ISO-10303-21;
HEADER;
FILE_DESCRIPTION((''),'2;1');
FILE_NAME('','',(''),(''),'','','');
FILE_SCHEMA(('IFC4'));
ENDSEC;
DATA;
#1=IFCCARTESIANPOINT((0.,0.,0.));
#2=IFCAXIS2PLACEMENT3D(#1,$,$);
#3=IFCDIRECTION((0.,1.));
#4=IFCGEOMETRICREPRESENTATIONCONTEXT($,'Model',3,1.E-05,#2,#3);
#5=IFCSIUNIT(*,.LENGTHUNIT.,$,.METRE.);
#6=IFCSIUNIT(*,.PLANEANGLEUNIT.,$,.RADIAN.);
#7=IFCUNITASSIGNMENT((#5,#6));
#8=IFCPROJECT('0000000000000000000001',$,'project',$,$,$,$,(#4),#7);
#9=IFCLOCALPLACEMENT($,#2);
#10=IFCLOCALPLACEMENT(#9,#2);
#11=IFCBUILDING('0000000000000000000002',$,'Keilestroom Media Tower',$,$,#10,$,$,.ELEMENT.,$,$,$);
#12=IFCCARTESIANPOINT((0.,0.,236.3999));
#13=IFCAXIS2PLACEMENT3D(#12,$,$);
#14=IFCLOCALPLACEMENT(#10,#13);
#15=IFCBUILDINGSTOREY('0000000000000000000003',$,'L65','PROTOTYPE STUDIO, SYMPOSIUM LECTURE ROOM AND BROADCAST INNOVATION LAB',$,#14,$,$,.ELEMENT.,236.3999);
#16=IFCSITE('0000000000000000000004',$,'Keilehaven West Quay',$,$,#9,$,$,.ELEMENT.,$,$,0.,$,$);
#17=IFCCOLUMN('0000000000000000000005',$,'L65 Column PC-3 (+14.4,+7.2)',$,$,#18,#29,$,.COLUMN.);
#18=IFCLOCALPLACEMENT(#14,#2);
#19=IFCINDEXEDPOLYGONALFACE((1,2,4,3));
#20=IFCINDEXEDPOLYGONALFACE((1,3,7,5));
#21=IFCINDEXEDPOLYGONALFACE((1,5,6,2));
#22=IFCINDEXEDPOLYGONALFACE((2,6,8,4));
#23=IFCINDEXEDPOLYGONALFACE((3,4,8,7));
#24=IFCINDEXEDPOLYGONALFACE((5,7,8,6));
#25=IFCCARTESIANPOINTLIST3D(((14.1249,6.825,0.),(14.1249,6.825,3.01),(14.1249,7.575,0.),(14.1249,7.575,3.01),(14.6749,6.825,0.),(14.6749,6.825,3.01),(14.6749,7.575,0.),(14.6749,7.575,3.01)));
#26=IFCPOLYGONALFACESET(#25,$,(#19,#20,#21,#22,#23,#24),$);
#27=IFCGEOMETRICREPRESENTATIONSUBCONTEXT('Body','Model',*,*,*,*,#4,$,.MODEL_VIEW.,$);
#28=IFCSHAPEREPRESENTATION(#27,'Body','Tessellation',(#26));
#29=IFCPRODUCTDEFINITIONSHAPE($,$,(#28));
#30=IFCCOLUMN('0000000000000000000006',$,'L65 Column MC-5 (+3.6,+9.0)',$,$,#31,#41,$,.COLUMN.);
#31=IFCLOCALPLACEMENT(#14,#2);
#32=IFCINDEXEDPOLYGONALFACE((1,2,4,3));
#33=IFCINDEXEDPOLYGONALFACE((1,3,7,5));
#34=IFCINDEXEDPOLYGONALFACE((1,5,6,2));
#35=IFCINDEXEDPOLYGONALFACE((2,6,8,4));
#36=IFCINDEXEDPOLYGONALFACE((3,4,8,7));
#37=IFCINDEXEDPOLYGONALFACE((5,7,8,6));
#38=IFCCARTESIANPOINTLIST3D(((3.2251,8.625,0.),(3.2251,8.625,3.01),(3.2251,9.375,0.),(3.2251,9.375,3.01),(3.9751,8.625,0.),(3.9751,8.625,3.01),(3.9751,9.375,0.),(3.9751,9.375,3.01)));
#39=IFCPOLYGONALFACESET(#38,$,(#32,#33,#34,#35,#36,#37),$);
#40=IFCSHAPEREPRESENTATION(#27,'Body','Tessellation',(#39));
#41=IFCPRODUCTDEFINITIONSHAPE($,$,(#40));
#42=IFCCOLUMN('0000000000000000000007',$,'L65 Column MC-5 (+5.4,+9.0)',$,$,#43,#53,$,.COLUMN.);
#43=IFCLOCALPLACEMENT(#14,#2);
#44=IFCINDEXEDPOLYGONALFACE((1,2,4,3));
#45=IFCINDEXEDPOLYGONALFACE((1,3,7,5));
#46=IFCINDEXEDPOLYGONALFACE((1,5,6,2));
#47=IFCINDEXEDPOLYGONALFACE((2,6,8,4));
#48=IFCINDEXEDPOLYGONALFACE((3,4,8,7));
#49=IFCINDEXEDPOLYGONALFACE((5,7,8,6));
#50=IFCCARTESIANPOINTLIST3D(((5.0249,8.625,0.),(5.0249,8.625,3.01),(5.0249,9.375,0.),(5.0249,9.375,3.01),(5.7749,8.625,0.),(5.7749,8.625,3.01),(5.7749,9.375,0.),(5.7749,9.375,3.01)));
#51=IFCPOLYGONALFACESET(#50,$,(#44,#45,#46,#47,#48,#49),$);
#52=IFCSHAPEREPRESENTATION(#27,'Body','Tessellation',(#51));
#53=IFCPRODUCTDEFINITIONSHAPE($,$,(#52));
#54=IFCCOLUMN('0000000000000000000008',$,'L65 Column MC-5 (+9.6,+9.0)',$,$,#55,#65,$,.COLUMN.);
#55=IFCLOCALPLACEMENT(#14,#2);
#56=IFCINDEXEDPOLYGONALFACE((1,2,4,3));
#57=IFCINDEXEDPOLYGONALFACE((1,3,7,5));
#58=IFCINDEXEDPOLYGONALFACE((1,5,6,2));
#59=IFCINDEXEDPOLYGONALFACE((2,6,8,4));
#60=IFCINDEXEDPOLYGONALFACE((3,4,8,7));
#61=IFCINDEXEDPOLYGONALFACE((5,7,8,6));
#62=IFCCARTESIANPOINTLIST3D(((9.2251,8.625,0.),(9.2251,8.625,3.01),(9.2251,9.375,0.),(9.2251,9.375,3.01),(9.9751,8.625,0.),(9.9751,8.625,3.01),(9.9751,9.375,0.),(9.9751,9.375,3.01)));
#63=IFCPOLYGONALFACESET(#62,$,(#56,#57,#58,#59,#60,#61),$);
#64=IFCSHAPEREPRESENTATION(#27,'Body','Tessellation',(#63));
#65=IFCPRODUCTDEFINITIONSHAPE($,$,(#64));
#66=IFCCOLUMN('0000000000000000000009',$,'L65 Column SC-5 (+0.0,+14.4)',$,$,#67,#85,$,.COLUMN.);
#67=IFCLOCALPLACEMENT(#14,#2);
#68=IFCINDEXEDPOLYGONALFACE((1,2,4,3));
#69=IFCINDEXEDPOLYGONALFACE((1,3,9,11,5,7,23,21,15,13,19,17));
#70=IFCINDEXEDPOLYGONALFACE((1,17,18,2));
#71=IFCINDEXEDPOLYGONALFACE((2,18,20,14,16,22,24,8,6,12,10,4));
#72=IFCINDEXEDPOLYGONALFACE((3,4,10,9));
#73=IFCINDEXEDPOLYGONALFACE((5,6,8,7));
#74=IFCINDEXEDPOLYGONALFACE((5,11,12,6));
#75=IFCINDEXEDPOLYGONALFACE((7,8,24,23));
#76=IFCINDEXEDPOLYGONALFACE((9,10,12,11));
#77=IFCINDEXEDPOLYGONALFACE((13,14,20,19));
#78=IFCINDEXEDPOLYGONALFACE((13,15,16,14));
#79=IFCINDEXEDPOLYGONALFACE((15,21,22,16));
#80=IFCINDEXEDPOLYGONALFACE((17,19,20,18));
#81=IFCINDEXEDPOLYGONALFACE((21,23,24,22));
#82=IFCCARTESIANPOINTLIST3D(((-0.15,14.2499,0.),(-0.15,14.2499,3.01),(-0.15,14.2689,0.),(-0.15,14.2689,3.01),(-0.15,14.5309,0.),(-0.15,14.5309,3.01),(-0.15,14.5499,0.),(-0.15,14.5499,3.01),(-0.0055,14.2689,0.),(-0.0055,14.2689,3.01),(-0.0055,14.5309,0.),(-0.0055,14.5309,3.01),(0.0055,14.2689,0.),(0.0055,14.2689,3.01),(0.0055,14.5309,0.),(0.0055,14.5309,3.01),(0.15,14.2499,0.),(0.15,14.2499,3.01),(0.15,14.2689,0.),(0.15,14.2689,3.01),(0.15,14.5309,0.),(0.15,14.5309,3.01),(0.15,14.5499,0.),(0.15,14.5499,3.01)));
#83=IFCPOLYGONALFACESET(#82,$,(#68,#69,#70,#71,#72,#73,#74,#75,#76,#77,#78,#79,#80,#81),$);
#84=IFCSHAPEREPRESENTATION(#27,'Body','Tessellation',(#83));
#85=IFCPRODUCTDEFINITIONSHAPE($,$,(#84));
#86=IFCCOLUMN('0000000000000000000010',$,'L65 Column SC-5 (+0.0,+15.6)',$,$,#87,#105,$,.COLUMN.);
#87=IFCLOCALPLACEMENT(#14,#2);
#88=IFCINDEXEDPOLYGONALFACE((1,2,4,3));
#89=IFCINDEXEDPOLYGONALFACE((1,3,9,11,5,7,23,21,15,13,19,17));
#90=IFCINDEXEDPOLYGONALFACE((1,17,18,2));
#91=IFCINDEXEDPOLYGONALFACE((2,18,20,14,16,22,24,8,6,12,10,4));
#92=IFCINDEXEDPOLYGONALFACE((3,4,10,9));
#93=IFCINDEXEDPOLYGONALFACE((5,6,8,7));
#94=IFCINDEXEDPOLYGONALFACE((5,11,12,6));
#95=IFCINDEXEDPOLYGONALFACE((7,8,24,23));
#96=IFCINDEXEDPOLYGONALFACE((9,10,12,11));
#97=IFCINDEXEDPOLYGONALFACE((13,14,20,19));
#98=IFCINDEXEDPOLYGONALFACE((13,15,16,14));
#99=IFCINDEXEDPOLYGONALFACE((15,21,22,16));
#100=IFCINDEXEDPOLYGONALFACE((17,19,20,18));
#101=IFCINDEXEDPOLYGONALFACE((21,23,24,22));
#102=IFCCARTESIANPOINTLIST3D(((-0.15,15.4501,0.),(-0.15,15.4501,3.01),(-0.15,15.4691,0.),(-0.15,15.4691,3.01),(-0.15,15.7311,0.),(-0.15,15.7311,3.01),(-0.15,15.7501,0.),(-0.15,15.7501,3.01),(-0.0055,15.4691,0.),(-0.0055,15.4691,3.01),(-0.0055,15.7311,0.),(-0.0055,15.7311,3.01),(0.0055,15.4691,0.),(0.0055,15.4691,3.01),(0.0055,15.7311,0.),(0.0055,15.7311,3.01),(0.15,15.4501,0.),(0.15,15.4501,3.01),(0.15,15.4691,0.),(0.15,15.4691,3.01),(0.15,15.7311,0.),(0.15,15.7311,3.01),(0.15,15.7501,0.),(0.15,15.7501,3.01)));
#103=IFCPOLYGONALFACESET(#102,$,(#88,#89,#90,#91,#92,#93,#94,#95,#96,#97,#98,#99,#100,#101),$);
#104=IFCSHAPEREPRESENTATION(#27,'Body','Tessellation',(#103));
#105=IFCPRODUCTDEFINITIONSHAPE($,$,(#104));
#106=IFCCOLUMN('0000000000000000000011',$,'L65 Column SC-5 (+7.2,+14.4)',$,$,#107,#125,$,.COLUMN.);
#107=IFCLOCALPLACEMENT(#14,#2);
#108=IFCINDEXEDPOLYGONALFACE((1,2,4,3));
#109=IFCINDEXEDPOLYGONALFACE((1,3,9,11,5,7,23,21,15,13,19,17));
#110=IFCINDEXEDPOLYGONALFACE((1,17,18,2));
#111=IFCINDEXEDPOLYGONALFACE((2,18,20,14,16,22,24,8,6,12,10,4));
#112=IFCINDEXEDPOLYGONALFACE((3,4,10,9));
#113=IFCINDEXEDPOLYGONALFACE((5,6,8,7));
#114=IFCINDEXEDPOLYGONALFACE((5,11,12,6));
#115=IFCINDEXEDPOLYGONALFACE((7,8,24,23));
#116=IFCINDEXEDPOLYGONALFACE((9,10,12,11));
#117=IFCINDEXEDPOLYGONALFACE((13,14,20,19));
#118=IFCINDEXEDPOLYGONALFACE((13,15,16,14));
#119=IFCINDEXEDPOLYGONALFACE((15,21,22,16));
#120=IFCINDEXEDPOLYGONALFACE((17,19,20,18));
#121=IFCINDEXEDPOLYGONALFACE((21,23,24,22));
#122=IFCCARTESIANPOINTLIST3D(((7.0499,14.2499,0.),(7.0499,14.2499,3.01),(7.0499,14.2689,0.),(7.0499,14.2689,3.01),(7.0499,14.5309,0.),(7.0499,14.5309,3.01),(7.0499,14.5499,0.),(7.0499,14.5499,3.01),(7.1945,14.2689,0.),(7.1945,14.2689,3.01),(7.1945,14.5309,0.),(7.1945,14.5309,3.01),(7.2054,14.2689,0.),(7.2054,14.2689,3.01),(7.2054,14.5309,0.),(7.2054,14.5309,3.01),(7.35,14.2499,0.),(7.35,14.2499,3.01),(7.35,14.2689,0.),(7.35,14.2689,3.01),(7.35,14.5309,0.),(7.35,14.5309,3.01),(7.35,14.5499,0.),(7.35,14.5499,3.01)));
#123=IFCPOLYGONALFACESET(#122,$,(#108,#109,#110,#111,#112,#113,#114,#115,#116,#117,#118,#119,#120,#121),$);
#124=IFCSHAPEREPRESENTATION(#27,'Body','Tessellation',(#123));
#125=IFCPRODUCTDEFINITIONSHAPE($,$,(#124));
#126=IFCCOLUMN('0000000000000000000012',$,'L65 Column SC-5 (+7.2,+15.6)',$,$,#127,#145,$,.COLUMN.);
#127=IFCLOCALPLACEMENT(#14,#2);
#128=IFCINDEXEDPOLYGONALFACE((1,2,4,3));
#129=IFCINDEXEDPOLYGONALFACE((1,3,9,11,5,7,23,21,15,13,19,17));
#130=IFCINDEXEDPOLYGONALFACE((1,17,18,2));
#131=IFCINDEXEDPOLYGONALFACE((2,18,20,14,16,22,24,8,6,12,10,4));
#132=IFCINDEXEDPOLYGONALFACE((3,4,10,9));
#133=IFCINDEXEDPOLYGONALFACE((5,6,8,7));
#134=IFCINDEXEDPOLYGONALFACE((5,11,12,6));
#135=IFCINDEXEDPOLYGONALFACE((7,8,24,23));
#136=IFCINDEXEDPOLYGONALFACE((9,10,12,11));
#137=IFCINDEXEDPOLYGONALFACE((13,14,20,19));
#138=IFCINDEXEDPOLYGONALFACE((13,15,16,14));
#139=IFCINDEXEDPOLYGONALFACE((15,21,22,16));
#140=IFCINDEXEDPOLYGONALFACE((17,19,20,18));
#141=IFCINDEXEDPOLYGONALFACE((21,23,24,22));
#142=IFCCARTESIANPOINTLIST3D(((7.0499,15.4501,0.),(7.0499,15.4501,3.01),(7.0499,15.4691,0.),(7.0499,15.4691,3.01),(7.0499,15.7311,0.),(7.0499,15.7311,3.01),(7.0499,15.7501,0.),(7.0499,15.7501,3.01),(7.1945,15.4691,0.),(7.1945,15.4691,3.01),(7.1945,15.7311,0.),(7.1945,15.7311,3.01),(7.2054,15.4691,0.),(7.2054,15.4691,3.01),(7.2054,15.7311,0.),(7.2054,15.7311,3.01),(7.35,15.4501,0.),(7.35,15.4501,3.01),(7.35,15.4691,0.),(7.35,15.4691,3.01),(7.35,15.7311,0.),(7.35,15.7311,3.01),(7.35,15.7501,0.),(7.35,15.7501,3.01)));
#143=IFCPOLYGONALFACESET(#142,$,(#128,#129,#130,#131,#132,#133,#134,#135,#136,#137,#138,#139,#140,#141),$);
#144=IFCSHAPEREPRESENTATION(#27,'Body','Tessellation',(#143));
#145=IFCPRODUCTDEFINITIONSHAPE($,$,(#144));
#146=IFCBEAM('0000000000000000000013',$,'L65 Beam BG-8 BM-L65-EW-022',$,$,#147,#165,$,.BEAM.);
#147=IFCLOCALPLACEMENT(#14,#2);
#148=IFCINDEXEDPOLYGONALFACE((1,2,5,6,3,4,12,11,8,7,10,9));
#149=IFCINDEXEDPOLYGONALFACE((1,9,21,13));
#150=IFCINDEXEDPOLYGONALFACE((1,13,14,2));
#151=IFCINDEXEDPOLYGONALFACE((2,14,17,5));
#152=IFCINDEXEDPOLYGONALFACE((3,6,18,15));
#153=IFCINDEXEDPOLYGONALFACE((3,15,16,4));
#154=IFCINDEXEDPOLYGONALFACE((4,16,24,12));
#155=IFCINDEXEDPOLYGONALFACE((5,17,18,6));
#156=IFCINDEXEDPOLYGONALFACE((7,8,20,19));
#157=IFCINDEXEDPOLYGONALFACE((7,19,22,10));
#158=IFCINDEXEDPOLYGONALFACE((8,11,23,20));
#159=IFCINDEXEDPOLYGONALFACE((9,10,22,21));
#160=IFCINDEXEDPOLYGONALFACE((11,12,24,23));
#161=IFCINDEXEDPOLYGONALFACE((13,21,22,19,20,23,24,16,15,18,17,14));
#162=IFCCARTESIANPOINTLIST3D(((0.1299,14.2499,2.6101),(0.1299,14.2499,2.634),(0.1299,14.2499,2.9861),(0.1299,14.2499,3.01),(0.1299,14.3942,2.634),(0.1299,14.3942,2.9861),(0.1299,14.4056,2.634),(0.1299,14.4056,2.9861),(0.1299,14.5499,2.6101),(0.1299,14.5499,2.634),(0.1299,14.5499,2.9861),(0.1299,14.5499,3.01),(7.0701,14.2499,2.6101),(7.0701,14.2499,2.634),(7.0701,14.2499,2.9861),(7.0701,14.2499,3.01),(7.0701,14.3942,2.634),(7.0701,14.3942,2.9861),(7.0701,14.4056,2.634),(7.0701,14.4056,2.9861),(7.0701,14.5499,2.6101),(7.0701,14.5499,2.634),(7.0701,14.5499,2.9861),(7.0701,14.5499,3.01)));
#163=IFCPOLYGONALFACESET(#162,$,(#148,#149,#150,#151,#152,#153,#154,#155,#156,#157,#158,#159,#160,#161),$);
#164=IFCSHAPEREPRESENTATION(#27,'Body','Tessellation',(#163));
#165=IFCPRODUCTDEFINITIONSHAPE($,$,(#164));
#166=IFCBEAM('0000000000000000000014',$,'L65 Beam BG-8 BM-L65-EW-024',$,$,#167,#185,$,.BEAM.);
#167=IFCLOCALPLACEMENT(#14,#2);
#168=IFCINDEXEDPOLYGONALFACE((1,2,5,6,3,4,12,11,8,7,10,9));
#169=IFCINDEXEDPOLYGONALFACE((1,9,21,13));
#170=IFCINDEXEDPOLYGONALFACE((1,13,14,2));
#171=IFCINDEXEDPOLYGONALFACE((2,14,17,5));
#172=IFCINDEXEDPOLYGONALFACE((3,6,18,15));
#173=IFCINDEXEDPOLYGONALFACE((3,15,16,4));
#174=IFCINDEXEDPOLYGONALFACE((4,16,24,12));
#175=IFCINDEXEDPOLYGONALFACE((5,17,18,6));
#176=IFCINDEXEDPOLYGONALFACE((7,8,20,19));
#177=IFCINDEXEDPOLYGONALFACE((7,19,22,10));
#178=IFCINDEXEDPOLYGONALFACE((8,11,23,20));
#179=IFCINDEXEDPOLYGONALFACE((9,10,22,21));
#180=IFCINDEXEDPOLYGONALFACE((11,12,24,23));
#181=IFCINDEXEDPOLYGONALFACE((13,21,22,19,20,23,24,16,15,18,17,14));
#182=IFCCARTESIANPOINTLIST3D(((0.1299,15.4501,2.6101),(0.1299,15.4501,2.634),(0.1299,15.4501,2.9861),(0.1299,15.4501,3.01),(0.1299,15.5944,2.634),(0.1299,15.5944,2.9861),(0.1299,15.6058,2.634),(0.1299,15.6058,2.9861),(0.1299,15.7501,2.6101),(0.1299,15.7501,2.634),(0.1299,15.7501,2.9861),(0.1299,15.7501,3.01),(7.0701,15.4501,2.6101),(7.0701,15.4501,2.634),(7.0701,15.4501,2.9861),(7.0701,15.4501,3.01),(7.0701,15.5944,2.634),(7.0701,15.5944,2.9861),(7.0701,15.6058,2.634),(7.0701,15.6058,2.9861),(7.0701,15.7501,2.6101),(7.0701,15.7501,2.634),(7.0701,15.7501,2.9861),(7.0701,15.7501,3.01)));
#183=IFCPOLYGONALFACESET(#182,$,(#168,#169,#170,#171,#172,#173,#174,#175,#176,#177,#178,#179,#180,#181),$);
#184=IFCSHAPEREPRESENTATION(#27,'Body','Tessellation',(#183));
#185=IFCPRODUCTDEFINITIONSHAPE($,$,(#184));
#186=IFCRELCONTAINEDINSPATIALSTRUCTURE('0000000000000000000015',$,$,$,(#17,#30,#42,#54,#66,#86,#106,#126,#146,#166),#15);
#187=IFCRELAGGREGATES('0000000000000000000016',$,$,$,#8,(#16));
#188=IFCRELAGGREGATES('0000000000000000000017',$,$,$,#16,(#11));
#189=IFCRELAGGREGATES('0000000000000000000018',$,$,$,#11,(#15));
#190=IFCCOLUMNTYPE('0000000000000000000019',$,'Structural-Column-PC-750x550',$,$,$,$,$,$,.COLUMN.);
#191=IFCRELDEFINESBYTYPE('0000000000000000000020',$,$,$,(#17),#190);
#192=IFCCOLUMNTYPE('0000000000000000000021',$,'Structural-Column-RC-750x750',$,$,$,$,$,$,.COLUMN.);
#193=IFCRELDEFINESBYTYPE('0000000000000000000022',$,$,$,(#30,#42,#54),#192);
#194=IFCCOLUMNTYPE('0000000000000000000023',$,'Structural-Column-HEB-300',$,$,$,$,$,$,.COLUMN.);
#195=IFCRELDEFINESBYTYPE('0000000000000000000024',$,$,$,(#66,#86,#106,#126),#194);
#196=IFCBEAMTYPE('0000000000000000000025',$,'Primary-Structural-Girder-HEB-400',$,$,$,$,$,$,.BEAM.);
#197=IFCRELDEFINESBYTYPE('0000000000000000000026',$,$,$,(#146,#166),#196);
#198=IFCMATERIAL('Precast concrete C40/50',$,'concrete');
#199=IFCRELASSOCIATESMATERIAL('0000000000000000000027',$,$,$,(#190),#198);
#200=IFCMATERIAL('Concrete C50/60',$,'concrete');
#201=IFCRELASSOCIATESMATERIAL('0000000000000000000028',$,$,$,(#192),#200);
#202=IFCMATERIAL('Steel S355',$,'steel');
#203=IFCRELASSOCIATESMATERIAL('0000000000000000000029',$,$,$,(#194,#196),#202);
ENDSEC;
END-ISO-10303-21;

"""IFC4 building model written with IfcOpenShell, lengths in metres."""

from ifc_helpers import new_model, si_unit, direction, frame, origin, origin_2d, place, context, subcontext, project, spatial, rectangle, i_section, extrude, source, transform, mapped, material, material_profile, profile_set, type_object, element, save


model = new_model("IFC4")

# Units and contexts
model_context = context("Model", 3, precision=1e-05, world=origin(), true_north=direction((0.0, 1.0)))
body_context = subcontext(model_context, "Body", "Model", "MODEL_VIEW")
ifc_project = project(units=[si_unit("LENGTHUNIT", "METRE"), si_unit("PLANEANGLEUNIT", "RADIAN")], contexts=[model_context])

# Site, building, storey
site_placement = place(None, origin())
site = spatial("IfcSite", under=ifc_project, at=site_placement, Name="Keilehaven West Quay", CompositionType="ELEMENT", RefElevation=0.0)
building_placement = place(site_placement, origin())
building = spatial("IfcBuilding", under=site, at=building_placement, Name="Keilestroom Media Tower", CompositionType="ELEMENT")
storey_placement = place(building_placement, frame((0.0, 0.0, 236.3999)))
storey = spatial("IfcBuildingStorey", under=building, at=storey_placement, Name="L65", Description="PROTOTYPE STUDIO, SYMPOSIUM LECTURE ROOM AND BROADCAST INNOVATION LAB", CompositionType="ELEMENT", Elevation=236.3999)

# Columns
ifc_material_1 = material(Name="Precast concrete C40/50", Category="concrete")
ifc_material_profile_1 = material_profile(ifc_material_1, rectangle(XDim=0.55, YDim=0.75, at=origin_2d()), Name="PC 750x550")
ifc_profile_set_1 = profile_set([ifc_material_profile_1], Name="Precast concrete C40/50")
column_type_1 = type_object("IfcColumnType", Name="Structural-Column-PC-750x550", PredefinedType="COLUMN", material=ifc_profile_set_1)
shared_shape_1 = source(origin(), body_context, "Body", "SweptSolid", [
    extrude(rectangle(XDim=0.55, YDim=0.75, at=origin_2d()), origin(), (0.0, 0.0, 1.0), 3.01),
])
column_placement = place(storey_placement, frame((14.3999, 7.2, 0.0), z_axis=(0.0, 0.0, 1.0), x_axis=(1.0, 0.0, 0.0)))
element("IfcColumn", 1, at=column_placement, inside=storey, type_object=column_type_1, Name="L65 Column PC-3 (+14.4,+7.2)", PredefinedType="COLUMN", context=body_context, shape_type="MappedRepresentation", body=[
    mapped(shared_shape_1, transform((0.0, 0.0, 0.0), x_axis=(1.0, 0.0, 0.0), y_axis=(0.0, 1.0, 0.0), z_axis=(0.0, 0.0, 1.0), scale=1.0)),
])
ifc_material_2 = material(Name="Concrete C50/60", Category="concrete")
ifc_material_profile_2 = material_profile(ifc_material_2, rectangle(XDim=0.75, YDim=0.75, at=origin_2d()), Name="RC 750x750")
ifc_profile_set_2 = profile_set([ifc_material_profile_2], Name="Concrete C50/60")
column_type_2 = type_object("IfcColumnType", Name="Structural-Column-RC-750x750", PredefinedType="COLUMN", material=ifc_profile_set_2)
shared_shape_2 = source(origin(), body_context, "Body", "SweptSolid", [
    extrude(rectangle(XDim=0.75, YDim=0.75, at=origin_2d()), origin(), (0.0, 0.0, 1.0), 3.01),
])
for number, where, z_axis, x_axis, name in (
    (2, (3.6001, 9.0, 0.0), (0.0, 0.0, 1.0), (1.0, 0.0, 0.0), "L65 Column MC-5 (+3.6,+9.0)"),
    (3, (5.3999, 9.0, 0.0), (0.0, 0.0, 1.0), (1.0, 0.0, 0.0), "L65 Column MC-5 (+5.4,+9.0)"),
    (4, (9.6001, 9.0, 0.0), (0.0, 0.0, 1.0), (1.0, 0.0, 0.0), "L65 Column MC-5 (+9.6,+9.0)"),
):
    element("IfcColumn", number, at=place(storey_placement, frame(where, z_axis=z_axis, x_axis=x_axis)), inside=storey, type_object=column_type_2, Name=name, PredefinedType="COLUMN", context=body_context, shape_type="MappedRepresentation", body=[
        mapped(shared_shape_2, transform((0.0, 0.0, 0.0), x_axis=(1.0, 0.0, 0.0), y_axis=(0.0, 1.0, 0.0), z_axis=(0.0, 0.0, 1.0), scale=1.0)),
    ])
ifc_material_3 = material(Name="Steel S355", Category="steel")
ifc_material_profile_3 = material_profile(ifc_material_3, i_section(OverallWidth=0.3, OverallDepth=0.3, WebThickness=0.011, FlangeThickness=0.019, at=origin_2d()), Name="HEB 300")
ifc_profile_set_3 = profile_set([ifc_material_profile_3], Name="Steel S355")
column_type_3 = type_object("IfcColumnType", Name="Structural-Column-HEB-300", PredefinedType="COLUMN", material=ifc_profile_set_3)
shared_shape_3 = source(origin(), body_context, "Body", "SweptSolid", [
    extrude(i_section(OverallWidth=0.3, OverallDepth=0.3, WebThickness=0.011, FlangeThickness=0.019, at=origin_2d()), origin(), (0.0, 0.0, 1.0), 3.01),
])
for number, where, z_axis, x_axis, name in (
    (5, (0.0, 14.3999, 0.0), (0.0, 0.0, 1.0), (1.0, 0.0, 0.0), "L65 Column SC-5 (+0.0,+14.4)"),
    (6, (0.0, 15.6001, 0.0), (0.0, 0.0, 1.0), (1.0, 0.0, 0.0), "L65 Column SC-5 (+0.0,+15.6)"),
    (7, (7.2, 14.3999, 0.0), (0.0, 0.0, 1.0), (1.0, 0.0, 0.0), "L65 Column SC-5 (+7.2,+14.4)"),
    (8, (7.2, 15.6001, 0.0), (0.0, 0.0, 1.0), (1.0, 0.0, 0.0), "L65 Column SC-5 (+7.2,+15.6)"),
):
    element("IfcColumn", number, at=place(storey_placement, frame(where, z_axis=z_axis, x_axis=x_axis)), inside=storey, type_object=column_type_3, Name=name, PredefinedType="COLUMN", context=body_context, shape_type="MappedRepresentation", body=[
        mapped(shared_shape_3, transform((0.0, 0.0, 0.0), x_axis=(1.0, 0.0, 0.0), y_axis=(0.0, 1.0, 0.0), z_axis=(0.0, 0.0, 1.0), scale=1.0)),
    ])

# Beams
ifc_material_profile_4 = material_profile(ifc_material_3, i_section(OverallWidth=0.3, OverallDepth=0.3999, WebThickness=0.0115, FlangeThickness=0.0239, at=origin_2d()), Name="HEB 400")
ifc_profile_set_4 = profile_set([ifc_material_profile_4], Name="Steel S355")
beam_type = type_object("IfcBeamType", Name="Primary-Structural-Girder-HEB-400", PredefinedType="BEAM", material=ifc_profile_set_4)
shared_shape_4 = source(origin(), body_context, "Body", "SweptSolid", [
    extrude(i_section(OverallWidth=0.3, OverallDepth=0.3999, WebThickness=0.0115, FlangeThickness=0.0239, at=origin_2d()), origin(), (0.0, 0.0, 1.0), 6.9402),
])
for number, where, z_axis, x_axis, name in (
    (9, (0.1299, 14.3999, 2.8101), (1.0, 0.0, 0.0), (0.0, 1.0, 0.0), "L65 Beam BG-8 BM-L65-EW-022"),
    (10, (0.1299, 15.6001, 2.8101), (1.0, 0.0, 0.0), (0.0, 1.0, 0.0), "L65 Beam BG-8 BM-L65-EW-024"),
):
    element("IfcBeam", number, at=place(storey_placement, frame(where, z_axis=z_axis, x_axis=x_axis)), inside=storey, type_object=beam_type, Name=name, PredefinedType="BEAM", context=body_context, shape_type="MappedRepresentation", body=[
        mapped(shared_shape_4, transform((0.0, 0.0, 0.0), x_axis=(1.0, 0.0, 0.0), y_axis=(0.0, 1.0, 0.0), z_axis=(0.0, 0.0, 1.0), scale=1.0)),
    ])

save(model, "model.ifc")
